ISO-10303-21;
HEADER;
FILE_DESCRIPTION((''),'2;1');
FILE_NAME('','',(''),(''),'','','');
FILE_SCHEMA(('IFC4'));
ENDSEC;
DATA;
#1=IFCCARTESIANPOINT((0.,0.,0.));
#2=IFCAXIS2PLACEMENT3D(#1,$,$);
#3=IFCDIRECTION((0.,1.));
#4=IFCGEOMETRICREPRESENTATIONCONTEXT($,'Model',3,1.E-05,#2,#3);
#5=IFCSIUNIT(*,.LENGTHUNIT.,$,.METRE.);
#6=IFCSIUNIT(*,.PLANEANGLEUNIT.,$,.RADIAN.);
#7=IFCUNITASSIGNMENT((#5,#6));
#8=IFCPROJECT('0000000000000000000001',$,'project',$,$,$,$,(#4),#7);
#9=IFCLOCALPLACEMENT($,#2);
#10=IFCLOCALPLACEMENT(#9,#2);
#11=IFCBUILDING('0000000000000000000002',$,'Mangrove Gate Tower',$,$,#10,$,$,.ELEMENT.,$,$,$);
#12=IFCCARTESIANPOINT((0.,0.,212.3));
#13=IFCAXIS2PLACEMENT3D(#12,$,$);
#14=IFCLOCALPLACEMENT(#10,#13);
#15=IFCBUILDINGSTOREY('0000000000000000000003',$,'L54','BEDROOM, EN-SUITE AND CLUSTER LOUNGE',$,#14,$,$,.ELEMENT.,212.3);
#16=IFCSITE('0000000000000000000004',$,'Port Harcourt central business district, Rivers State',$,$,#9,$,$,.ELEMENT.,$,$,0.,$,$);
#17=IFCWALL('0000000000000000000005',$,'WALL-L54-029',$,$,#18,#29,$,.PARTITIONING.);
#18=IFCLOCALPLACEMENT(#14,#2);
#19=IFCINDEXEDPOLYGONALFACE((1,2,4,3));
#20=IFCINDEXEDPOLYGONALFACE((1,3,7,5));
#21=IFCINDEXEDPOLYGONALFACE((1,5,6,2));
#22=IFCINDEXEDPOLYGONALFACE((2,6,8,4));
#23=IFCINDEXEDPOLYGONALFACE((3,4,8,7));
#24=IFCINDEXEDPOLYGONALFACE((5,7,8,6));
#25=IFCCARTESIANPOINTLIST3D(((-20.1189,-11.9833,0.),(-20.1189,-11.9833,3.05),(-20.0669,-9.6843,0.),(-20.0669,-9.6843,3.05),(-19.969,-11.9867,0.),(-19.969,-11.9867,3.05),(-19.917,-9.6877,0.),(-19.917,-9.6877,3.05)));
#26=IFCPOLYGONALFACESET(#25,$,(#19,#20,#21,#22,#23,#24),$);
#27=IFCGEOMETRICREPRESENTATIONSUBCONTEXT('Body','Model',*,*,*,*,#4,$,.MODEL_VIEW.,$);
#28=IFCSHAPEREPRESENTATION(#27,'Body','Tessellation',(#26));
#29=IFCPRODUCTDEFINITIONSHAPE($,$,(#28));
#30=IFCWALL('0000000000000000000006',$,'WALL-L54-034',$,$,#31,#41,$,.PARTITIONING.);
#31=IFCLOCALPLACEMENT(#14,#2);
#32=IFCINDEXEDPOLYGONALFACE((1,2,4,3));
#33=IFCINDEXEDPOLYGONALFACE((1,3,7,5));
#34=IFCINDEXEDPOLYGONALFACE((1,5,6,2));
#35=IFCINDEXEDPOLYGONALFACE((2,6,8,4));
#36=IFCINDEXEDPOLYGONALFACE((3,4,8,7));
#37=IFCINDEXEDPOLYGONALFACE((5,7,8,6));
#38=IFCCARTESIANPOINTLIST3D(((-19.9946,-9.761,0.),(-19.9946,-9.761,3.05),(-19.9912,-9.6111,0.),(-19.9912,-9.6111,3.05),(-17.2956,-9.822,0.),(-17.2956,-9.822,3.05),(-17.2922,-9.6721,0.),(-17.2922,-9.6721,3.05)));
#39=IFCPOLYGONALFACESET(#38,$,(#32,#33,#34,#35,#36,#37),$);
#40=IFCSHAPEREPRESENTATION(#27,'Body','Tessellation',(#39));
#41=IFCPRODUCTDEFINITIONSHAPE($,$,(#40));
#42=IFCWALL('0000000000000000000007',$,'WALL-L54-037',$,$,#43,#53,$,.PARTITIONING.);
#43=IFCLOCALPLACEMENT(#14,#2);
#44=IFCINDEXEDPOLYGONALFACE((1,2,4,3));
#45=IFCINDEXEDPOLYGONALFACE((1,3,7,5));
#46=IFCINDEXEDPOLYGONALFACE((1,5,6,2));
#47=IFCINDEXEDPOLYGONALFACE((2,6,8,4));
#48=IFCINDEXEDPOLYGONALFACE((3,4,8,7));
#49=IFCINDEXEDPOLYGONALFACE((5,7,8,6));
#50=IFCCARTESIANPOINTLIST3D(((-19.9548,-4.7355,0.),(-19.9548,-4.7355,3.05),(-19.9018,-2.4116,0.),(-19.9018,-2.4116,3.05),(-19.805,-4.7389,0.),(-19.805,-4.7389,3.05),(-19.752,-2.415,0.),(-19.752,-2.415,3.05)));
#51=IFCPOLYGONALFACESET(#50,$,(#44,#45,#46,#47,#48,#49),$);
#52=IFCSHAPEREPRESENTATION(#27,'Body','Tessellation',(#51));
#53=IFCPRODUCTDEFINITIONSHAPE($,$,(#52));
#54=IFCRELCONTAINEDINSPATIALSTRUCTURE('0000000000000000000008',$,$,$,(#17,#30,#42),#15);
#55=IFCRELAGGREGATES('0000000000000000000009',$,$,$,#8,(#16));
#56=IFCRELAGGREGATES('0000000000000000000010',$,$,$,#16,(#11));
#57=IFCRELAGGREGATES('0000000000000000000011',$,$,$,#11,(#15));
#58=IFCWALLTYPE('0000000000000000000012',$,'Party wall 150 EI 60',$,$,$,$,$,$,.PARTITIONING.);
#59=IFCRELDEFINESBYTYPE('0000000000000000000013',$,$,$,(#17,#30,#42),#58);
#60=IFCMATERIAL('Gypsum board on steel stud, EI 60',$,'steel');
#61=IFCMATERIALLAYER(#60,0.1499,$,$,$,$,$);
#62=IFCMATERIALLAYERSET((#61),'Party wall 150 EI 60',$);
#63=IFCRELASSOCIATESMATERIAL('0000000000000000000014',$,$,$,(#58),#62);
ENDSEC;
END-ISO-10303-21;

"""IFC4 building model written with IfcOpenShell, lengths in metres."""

from ifc_helpers import new_model, si_unit, direction, frame, frame_2d, origin, place, context, subcontext, project, spatial, rectangle, extrude, material, layer, layer_set, type_object, element, save


model = new_model("IFC4")

# Units and contexts
model_context = context("Model", 3, precision=1e-05, world=origin(), true_north=direction((0.0, 1.0)))
body_context = subcontext(model_context, "Body", "Model", "MODEL_VIEW")
ifc_project = project(units=[si_unit("LENGTHUNIT", "METRE"), si_unit("PLANEANGLEUNIT", "RADIAN")], contexts=[model_context])

# Site, building, storey
site_placement = place(None, origin())
site = spatial("IfcSite", under=ifc_project, at=site_placement, Name="Port Harcourt central business district, Rivers State", CompositionType="ELEMENT", RefElevation=0.0)
building_placement = place(site_placement, origin())
building = spatial("IfcBuilding", under=site, at=building_placement, Name="Mangrove Gate Tower", CompositionType="ELEMENT")
storey_placement = place(building_placement, frame((0.0, 0.0, 212.3)))
storey = spatial("IfcBuildingStorey", under=building, at=storey_placement, Name="L54", Description="BEDROOM, EN-SUITE AND CLUSTER LOUNGE", CompositionType="ELEMENT", Elevation=212.3)

# Walls
ifc_material_1 = material(Name="Gypsum board on steel stud, EI 60", Category="steel")
ifc_layer_1 = layer(ifc_material_1, 0.1499)
ifc_layer_set_1 = layer_set([ifc_layer_1], Name="Party wall 150 EI 60")
wall_type_1 = type_object("IfcWallType", Name="Party wall 150 EI 60", PredefinedType="PARTITIONING", material=ifc_layer_set_1)
wall_1_placement = place(storey_placement, frame((-20.0439, -11.9851, 0.0), z_axis=(0.0, 0.0, 1.0), x_axis=(0.022613, 0.999744, 0.0)))
element("IfcWall", 1, at=wall_1_placement, inside=storey, type_object=wall_type_1, Name="WALL-L54-029", PredefinedType="PARTITIONING", context=body_context, shape_type="SweptSolid", body=[
    extrude(rectangle(XDim=2.2996, YDim=0.1499, at=frame_2d((1.1499, 0.0))), origin(), (0.0, 0.0, 1.0), 3.05),
])
wall_2_placement = place(storey_placement, frame((-19.9929, -9.686, 0.0), z_axis=(0.0, 0.0, 1.0), x_axis=(0.999744, -0.022608, 0.0)))
element("IfcWall", 2, at=wall_2_placement, inside=storey, type_object=wall_type_1, Name="WALL-L54-034", PredefinedType="PARTITIONING", context=body_context, shape_type="SweptSolid", body=[
    extrude(rectangle(XDim=2.6997, YDim=0.1499, at=frame_2d((1.3499, 0.0))), origin(), (0.0, 0.0, 1.0), 3.05),
])
wall_3_placement = place(storey_placement, frame((-19.8799, -4.7371, 0.0), z_axis=(0.0, 0.0, 1.0), x_axis=(0.022791, 0.99974, 0.0)))
element("IfcWall", 3, at=wall_3_placement, inside=storey, type_object=wall_type_1, Name="WALL-L54-037", PredefinedType="PARTITIONING", context=body_context, shape_type="SweptSolid", body=[
    extrude(rectangle(XDim=2.3245, YDim=0.1499, at=frame_2d((1.1621, 0.0))), origin(), (0.0, 0.0, 1.0), 3.05),
])

save(model, "model.ifc")
